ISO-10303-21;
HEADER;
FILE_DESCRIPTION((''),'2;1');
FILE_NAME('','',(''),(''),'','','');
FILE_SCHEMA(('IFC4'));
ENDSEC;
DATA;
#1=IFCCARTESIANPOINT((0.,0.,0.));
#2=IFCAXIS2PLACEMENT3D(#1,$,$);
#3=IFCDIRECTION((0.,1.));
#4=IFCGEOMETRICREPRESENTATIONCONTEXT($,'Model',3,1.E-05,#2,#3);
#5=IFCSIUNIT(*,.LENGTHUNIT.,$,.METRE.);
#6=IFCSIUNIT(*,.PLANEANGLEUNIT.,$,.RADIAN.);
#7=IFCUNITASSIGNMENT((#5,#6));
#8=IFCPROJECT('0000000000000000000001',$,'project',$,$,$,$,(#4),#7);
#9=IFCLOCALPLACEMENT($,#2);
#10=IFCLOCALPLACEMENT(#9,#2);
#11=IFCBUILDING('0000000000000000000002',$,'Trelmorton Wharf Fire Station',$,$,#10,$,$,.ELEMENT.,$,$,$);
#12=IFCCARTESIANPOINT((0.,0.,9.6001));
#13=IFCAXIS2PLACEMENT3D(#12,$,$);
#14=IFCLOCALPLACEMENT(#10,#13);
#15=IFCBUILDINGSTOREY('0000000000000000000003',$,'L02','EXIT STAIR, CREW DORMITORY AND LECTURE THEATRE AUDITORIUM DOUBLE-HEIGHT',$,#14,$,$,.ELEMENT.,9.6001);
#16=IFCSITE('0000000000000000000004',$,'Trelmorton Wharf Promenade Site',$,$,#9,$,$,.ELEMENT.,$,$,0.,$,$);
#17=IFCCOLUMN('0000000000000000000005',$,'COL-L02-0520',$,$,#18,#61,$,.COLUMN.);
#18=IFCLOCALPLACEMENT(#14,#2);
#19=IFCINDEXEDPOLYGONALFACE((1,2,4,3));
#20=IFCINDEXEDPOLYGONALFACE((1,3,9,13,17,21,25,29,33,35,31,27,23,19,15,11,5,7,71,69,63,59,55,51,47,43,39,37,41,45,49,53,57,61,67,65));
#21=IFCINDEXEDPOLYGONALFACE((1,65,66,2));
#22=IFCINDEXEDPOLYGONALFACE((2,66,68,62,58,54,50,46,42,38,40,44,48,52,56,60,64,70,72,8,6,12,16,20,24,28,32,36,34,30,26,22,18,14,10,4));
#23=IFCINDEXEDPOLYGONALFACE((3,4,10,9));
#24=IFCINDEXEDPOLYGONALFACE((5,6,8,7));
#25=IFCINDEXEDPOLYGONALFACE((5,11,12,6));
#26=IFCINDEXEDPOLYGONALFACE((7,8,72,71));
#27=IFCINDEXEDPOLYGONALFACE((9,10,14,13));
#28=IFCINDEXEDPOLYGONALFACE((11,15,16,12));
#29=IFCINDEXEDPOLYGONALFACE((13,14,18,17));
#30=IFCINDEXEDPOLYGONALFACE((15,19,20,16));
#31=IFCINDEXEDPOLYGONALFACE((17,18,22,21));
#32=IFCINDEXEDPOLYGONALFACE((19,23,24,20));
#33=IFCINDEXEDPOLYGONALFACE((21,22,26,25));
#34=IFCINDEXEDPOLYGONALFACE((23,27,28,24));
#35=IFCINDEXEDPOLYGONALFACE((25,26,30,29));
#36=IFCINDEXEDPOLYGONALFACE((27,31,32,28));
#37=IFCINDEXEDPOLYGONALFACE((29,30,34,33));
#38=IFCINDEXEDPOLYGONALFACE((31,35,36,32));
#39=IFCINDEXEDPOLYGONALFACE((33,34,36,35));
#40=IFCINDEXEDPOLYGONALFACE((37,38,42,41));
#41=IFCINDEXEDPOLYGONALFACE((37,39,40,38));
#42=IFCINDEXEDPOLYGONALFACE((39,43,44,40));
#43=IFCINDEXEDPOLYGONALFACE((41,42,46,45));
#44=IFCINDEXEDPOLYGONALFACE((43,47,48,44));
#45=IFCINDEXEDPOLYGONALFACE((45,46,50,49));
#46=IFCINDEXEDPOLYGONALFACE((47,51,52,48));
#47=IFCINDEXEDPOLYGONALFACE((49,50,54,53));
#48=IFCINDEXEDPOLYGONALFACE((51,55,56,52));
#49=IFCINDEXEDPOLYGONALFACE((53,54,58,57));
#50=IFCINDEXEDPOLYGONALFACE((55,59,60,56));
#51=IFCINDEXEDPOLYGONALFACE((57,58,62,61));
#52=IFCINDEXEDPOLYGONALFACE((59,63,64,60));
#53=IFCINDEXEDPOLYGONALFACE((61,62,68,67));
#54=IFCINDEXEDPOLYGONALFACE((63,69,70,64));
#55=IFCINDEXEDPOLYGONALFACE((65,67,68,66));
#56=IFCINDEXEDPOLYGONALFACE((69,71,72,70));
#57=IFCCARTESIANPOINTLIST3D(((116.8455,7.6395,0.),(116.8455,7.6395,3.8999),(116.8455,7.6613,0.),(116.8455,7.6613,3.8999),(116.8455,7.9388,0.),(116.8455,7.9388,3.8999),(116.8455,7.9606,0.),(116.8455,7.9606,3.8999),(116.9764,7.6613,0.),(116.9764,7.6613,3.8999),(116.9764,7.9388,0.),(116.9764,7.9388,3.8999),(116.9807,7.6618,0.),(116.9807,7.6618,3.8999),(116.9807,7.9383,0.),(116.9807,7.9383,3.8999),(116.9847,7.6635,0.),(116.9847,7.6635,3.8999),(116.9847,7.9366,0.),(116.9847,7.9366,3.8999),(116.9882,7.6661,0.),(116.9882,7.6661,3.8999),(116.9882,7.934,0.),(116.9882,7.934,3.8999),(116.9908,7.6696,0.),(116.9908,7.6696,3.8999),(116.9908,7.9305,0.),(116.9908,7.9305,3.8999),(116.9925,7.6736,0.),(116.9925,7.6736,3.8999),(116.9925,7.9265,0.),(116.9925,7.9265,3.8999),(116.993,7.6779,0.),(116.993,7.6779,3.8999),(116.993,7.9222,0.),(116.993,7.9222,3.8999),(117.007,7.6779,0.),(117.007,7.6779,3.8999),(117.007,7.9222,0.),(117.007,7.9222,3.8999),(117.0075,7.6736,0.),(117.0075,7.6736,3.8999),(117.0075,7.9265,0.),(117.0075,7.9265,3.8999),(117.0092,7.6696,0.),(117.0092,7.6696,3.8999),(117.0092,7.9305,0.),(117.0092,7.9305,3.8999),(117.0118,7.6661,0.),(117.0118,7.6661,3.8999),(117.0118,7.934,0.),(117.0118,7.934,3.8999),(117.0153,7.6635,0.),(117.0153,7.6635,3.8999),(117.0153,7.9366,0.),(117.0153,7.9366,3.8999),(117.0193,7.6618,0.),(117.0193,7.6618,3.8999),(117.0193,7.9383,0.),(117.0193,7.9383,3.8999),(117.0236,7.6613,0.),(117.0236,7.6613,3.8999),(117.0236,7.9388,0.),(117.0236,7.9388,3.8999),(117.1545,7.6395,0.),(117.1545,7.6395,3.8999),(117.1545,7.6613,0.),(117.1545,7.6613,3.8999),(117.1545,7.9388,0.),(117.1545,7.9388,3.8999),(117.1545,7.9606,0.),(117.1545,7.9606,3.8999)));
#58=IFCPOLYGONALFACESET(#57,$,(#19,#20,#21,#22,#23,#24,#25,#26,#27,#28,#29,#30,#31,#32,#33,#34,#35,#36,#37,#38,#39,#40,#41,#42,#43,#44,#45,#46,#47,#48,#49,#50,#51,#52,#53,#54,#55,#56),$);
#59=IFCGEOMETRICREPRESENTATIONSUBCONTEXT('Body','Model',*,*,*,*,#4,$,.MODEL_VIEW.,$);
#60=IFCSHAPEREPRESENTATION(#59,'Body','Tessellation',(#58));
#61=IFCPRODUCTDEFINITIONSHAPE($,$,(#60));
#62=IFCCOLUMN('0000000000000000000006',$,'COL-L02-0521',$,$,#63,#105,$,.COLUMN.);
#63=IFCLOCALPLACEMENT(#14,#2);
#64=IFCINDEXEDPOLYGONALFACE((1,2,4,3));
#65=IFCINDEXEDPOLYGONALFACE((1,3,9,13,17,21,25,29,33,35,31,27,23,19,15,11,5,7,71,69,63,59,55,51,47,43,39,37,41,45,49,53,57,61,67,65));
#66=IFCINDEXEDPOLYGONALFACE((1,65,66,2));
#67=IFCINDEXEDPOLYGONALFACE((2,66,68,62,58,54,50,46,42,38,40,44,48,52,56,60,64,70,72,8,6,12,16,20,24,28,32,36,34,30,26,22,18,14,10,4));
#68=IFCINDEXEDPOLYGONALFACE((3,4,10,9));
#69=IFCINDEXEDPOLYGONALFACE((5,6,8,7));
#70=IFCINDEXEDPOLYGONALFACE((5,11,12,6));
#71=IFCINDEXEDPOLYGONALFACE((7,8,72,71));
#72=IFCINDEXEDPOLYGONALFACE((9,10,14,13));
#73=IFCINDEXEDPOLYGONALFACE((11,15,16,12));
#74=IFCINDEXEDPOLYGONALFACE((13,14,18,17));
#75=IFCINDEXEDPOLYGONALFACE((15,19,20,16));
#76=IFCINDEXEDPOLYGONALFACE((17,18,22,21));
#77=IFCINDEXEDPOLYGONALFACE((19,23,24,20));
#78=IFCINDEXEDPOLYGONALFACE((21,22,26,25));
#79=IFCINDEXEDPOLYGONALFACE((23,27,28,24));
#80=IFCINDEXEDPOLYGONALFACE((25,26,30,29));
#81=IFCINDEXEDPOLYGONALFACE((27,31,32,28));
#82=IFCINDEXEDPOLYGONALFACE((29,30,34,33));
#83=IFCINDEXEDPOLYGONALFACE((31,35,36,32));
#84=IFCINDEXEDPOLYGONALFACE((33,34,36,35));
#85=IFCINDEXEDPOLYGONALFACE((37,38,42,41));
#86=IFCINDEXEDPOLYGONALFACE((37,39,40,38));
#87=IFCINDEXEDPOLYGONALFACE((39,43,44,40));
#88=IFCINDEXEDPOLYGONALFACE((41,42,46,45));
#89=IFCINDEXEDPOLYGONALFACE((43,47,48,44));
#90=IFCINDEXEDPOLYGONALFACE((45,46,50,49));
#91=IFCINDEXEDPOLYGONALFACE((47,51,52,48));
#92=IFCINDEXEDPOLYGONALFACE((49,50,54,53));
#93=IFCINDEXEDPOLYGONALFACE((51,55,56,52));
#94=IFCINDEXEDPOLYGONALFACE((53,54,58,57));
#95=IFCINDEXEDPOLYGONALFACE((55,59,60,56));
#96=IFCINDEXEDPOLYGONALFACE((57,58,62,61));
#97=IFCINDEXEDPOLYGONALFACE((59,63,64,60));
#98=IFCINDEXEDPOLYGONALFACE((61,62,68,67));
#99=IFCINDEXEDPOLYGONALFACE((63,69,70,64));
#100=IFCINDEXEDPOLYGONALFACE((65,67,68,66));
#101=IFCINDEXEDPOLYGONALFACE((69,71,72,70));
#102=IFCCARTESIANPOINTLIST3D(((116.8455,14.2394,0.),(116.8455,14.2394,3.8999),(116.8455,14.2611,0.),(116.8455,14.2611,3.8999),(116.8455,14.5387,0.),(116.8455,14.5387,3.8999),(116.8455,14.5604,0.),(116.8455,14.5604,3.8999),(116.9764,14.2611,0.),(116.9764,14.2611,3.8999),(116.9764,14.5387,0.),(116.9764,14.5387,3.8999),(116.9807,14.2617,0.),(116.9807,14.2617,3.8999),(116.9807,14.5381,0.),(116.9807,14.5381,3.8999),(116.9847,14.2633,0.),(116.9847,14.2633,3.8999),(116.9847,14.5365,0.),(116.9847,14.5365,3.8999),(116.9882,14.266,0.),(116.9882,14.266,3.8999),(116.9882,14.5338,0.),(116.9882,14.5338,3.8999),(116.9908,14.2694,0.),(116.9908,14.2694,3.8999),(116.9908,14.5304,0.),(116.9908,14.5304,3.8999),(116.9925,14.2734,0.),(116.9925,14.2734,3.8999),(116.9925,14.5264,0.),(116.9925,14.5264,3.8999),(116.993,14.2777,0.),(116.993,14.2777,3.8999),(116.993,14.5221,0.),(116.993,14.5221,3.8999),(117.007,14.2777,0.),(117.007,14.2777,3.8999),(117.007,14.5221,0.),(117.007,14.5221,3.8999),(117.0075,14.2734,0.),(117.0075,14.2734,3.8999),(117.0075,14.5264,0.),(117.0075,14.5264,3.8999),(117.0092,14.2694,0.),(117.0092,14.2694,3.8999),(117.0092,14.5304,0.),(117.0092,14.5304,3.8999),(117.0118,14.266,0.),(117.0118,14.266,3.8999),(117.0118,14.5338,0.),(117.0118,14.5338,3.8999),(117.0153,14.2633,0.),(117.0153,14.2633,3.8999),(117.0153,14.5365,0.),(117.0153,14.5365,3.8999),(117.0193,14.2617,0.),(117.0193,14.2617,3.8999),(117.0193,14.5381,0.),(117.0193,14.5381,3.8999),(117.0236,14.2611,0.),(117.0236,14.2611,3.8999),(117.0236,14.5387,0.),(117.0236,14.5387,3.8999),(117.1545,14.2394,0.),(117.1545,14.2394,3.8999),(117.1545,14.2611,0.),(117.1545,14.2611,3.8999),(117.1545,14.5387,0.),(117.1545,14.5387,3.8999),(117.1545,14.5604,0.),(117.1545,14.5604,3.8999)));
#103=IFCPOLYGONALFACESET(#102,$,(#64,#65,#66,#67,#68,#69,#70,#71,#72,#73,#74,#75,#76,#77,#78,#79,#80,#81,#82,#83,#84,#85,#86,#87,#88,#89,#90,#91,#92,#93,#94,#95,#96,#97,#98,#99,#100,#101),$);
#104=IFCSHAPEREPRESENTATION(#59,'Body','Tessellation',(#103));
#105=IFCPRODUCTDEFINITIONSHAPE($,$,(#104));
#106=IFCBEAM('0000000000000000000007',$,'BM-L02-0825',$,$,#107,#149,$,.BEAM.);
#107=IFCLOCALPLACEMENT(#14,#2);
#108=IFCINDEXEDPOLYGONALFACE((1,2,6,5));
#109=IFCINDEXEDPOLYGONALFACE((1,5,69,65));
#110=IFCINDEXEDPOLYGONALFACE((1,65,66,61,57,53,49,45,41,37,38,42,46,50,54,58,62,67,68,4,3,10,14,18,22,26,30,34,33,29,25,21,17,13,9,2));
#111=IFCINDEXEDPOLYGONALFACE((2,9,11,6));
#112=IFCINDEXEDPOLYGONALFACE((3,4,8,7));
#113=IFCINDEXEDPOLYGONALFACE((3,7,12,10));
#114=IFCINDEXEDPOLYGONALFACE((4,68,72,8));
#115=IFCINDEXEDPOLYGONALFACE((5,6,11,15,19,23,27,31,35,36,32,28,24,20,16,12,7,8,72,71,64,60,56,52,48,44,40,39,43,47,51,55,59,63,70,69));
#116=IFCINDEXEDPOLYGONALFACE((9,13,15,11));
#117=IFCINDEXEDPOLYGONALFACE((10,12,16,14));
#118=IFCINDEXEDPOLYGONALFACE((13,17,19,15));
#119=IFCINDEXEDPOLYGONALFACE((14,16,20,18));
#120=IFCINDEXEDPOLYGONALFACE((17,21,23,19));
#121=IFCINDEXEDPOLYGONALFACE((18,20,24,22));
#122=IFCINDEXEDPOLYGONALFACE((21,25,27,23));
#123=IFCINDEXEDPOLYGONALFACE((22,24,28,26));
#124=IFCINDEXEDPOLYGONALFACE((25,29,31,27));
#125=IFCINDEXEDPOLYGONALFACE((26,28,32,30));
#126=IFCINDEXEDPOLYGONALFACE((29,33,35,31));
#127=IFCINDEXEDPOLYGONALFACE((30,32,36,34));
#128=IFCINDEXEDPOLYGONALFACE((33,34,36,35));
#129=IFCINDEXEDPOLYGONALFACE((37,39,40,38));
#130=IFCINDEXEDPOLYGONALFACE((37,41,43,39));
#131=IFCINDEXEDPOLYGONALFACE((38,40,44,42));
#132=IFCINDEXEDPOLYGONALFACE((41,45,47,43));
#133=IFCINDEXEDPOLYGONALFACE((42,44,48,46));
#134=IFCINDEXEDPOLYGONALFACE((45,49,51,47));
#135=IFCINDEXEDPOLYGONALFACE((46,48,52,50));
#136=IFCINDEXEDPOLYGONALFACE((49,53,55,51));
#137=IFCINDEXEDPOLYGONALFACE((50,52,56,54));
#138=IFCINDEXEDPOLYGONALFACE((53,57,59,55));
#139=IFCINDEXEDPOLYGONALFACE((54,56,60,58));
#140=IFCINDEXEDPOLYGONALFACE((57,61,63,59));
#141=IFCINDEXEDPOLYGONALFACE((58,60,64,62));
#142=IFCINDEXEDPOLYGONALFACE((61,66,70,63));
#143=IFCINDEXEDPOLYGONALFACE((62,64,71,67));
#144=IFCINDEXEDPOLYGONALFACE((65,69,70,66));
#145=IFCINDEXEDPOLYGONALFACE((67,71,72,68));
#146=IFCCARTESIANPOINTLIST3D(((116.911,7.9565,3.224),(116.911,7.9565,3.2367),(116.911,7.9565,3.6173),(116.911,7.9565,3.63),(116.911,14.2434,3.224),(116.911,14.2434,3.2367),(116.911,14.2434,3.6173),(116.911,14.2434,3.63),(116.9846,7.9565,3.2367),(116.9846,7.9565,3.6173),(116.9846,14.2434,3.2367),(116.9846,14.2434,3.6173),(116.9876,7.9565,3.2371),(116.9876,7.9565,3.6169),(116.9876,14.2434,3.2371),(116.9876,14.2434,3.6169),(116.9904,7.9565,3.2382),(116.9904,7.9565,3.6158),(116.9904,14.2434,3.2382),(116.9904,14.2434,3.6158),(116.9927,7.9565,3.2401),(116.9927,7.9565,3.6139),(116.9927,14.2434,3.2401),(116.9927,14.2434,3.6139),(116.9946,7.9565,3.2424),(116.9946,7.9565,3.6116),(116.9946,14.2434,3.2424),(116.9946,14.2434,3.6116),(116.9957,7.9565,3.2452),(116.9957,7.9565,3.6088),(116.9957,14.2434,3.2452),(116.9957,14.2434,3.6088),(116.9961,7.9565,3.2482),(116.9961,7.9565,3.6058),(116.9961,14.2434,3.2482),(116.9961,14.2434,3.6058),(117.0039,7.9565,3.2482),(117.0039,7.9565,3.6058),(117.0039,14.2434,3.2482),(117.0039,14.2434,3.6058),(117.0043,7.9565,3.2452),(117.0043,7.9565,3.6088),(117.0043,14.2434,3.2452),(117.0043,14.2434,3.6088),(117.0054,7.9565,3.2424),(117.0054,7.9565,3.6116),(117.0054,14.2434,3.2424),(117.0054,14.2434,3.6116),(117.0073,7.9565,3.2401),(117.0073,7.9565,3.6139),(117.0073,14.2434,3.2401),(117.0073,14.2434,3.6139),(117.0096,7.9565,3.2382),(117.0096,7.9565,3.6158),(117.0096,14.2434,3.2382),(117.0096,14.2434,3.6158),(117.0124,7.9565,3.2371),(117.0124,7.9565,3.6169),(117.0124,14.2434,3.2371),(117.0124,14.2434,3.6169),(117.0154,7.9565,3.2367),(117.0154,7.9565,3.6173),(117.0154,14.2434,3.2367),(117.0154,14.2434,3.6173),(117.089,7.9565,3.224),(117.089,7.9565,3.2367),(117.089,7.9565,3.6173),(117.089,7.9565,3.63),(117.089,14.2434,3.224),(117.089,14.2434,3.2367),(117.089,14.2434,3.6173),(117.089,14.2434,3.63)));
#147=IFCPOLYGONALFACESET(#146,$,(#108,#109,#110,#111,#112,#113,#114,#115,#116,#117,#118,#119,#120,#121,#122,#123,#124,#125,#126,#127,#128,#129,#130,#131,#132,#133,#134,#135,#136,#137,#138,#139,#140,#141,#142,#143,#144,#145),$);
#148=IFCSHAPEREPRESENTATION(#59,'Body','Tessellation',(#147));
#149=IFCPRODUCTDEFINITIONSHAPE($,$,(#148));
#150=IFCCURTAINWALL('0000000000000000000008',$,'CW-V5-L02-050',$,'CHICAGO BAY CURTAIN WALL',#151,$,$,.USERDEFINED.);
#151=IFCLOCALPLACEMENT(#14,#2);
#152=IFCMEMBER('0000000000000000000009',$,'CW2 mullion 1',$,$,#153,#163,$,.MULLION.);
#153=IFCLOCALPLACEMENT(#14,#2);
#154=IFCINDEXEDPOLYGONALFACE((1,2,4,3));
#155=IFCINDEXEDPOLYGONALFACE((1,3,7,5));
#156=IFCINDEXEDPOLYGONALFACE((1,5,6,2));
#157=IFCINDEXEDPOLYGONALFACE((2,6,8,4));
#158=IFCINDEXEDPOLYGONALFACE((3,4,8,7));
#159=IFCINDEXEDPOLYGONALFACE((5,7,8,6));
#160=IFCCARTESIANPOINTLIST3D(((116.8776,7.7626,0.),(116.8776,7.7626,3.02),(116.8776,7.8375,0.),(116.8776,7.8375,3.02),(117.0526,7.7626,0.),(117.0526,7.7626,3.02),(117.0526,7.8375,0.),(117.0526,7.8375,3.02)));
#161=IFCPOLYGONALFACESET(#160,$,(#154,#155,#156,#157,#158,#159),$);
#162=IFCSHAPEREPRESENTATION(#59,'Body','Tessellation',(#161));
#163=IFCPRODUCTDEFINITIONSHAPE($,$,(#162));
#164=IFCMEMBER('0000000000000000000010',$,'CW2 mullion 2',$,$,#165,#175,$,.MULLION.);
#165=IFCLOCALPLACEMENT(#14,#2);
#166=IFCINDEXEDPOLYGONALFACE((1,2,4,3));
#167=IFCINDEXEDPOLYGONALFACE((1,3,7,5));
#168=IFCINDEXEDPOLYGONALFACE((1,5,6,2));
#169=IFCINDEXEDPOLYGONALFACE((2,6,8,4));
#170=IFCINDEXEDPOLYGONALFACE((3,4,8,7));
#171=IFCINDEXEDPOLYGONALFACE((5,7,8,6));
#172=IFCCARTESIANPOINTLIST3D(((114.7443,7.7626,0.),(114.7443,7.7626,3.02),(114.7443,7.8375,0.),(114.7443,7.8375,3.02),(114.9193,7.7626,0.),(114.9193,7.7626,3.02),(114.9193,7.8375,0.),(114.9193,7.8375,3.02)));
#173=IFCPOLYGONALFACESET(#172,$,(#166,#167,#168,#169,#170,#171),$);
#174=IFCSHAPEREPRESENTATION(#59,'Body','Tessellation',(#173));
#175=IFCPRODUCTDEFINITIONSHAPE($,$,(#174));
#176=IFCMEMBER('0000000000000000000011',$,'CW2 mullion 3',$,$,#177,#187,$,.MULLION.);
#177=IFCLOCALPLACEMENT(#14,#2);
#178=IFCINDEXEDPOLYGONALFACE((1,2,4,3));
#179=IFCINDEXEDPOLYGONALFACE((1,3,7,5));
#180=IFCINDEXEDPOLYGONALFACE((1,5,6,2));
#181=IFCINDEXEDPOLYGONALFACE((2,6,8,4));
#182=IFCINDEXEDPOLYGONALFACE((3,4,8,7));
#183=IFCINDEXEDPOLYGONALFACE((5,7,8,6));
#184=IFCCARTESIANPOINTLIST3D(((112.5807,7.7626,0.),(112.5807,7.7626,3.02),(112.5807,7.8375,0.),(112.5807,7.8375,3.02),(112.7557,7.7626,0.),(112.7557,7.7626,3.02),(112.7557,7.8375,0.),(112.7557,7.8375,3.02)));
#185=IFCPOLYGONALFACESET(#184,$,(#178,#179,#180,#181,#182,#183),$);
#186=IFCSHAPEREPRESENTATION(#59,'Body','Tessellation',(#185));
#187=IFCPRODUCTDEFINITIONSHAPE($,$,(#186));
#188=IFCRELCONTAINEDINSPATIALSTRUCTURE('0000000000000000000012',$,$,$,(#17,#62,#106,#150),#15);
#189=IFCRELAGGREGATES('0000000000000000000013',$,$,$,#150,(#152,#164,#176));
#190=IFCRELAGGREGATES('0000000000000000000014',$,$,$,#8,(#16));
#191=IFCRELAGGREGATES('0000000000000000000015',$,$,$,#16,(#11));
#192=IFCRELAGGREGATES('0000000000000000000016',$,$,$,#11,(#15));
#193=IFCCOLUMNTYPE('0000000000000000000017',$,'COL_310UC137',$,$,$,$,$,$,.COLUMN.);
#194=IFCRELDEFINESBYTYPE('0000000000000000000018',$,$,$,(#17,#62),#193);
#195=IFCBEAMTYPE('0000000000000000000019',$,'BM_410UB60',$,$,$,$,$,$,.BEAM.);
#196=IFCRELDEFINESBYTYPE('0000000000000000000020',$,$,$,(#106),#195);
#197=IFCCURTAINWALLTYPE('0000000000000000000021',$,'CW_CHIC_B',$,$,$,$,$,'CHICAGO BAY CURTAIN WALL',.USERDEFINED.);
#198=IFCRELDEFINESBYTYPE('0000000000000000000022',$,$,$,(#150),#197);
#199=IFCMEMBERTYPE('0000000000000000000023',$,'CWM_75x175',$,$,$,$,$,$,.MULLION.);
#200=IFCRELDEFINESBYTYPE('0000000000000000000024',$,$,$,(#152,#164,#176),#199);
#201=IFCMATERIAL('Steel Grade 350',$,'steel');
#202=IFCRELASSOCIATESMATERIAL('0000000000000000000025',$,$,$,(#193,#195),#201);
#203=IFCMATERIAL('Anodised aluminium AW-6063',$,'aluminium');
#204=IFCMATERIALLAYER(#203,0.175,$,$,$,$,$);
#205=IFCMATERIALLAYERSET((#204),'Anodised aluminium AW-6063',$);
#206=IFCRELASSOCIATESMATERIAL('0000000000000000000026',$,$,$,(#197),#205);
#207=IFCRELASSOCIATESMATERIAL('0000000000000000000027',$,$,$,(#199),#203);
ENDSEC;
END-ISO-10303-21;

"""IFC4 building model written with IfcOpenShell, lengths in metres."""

from ifc_helpers import new_model, si_unit, direction, frame, origin, origin_2d, place, context, subcontext, project, spatial, rectangle, i_section, extrude, material, layer, layer_set, material_profile, profile_set, type_object, element, aggregate, save


model = new_model("IFC4")

# Units and contexts
model_context = context("Model", 3, precision=1e-05, world=origin(), true_north=direction((0.0, 1.0)))
body_context = subcontext(model_context, "Body", "Model", "MODEL_VIEW")
ifc_project = project(units=[si_unit("LENGTHUNIT", "METRE"), si_unit("PLANEANGLEUNIT", "RADIAN")], contexts=[model_context])

# Site, building, storey
site_placement = place(None, origin())
site = spatial("IfcSite", under=ifc_project, at=site_placement, Name="Trelmorton Wharf Promenade Site", CompositionType="ELEMENT", RefElevation=0.0)
building_placement = place(site_placement, origin())
building = spatial("IfcBuilding", under=site, at=building_placement, Name="Trelmorton Wharf Fire Station", CompositionType="ELEMENT")
storey_placement = place(building_placement, frame((0.0, 0.0, 9.6001)))
storey = spatial("IfcBuildingStorey", under=building, at=storey_placement, Name="L02", Description="EXIT STAIR, CREW DORMITORY AND LECTURE THEATRE AUDITORIUM DOUBLE-HEIGHT", CompositionType="ELEMENT", Elevation=9.6001)

# Columns
ifc_material_1 = material(Name="Steel Grade 350", Category="steel")
ifc_material_profile_1 = material_profile(ifc_material_1, i_section(OverallWidth=0.3091, OverallDepth=0.321, WebThickness=0.0139, FlangeThickness=0.0217, FilletRadius=0.0166, at=origin_2d()), Name="310UC137")
ifc_profile_set_1 = profile_set([ifc_material_profile_1], Name="Steel Grade 350")
column_type = type_object("IfcColumnType", Name="COL_310UC137", PredefinedType="COLUMN", material=ifc_profile_set_1)
for number, where, z_axis, x_axis, name in (
    (1, (117.0, 7.8, 0.0), (0.0, 0.0, 1.0), (1.0, 0.0, 0.0), "COL-L02-0520"),
    (2, (117.0, 14.3999, 0.0), (0.0, 0.0, 1.0), (1.0, 0.0, 0.0), "COL-L02-0521"),
):
    element("IfcColumn", number, at=place(storey_placement, frame(where, z_axis=z_axis, x_axis=x_axis)), inside=storey, type_object=column_type, Name=name, PredefinedType="COLUMN", context=body_context, shape_type="SweptSolid", body=[
        extrude(i_section(OverallWidth=0.3091, OverallDepth=0.321, WebThickness=0.0139, FlangeThickness=0.0217, FilletRadius=0.0166, at=origin_2d()), origin(), (0.0, 0.0, 1.0), 3.8999),
    ])

# Beam
ifc_material_profile_2 = material_profile(ifc_material_1, i_section(OverallWidth=0.178, OverallDepth=0.406, WebThickness=0.0078, FlangeThickness=0.0127, FilletRadius=0.0115, at=origin_2d()), Name="410UB59.7")
ifc_profile_set_2 = profile_set([ifc_material_profile_2], Name="Steel Grade 350")
beam_type_1 = type_object("IfcBeamType", Name="BM_410UB60", PredefinedType="BEAM", material=ifc_profile_set_2)
beam_1_placement = place(storey_placement, frame((117.0, 7.9565, 3.427), z_axis=(0.0, 1.0, 0.0), x_axis=(-1.0, 0.0, 0.0)))
element("IfcBeam", 3, at=beam_1_placement, inside=storey, type_object=beam_type_1, Name="BM-L02-0825", PredefinedType="BEAM", context=body_context, shape_type="SweptSolid", body=[
    extrude(i_section(OverallWidth=0.178, OverallDepth=0.406, WebThickness=0.0078, FlangeThickness=0.0127, FilletRadius=0.0115, at=origin_2d()), origin(), (0.0, 0.0, 1.0), 6.2869),
])

# Curtain wall, members
ifc_material_2 = material(Name="Anodised aluminium AW-6063", Category="aluminium")
ifc_layer_1 = layer(ifc_material_2, 0.175)
ifc_layer_set_1 = layer_set([ifc_layer_1], Name="Anodised aluminium AW-6063")
curtain_wall_type = type_object("IfcCurtainWallType", Name="CW_CHIC_B", ElementType="CHICAGO BAY CURTAIN WALL", PredefinedType="USERDEFINED", material=ifc_layer_set_1)
curtain_wall_placement = place(storey_placement, origin())
curtain_wall = element("IfcCurtainWall", 4, at=curtain_wall_placement, inside=storey, type_object=curtain_wall_type, Name="CW-V5-L02-050", ObjectType="CHICAGO BAY CURTAIN WALL", PredefinedType="USERDEFINED")
ifc_material_profile_3 = material_profile(ifc_material_2, rectangle(XDim=0.075, YDim=0.175, at=origin_2d()), Name="ALU-75x175")
ifc_profile_set_3 = profile_set([ifc_material_profile_3], Name="Anodised aluminium AW-6063")
member_type_1 = type_object("IfcMemberType", Name="CWM_75x175", PredefinedType="MULLION", material=ifc_profile_set_3)
member_1_placement = place(storey_placement, frame((116.9651, 7.8, 0.0), z_axis=(0.0, 0.0, 1.0), x_axis=(0.0, -1.0, 0.0)))
member_1 = element("IfcMember", 5, at=member_1_placement, type_object=member_type_1, Name="CW2 mullion 1", PredefinedType="MULLION", context=body_context, shape_type="SweptSolid", body=[
    extrude(rectangle(XDim=0.075, YDim=0.175, at=origin_2d()), origin(), (0.0, 0.0, 1.0), 3.02),
])
member_2_placement = place(storey_placement, frame((114.8318, 7.8, 0.0), z_axis=(0.0, 0.0, 1.0), x_axis=(0.0, -1.0, 0.0)))
member_2 = element("IfcMember", 6, at=member_2_placement, type_object=member_type_1, Name="CW2 mullion 2", PredefinedType="MULLION", context=body_context, shape_type="SweptSolid", body=[
    extrude(rectangle(XDim=0.075, YDim=0.175, at=origin_2d()), origin(), (0.0, 0.0, 1.0), 3.02),
])
member_3_placement = place(storey_placement, frame((112.6682, 7.8, 0.0), z_axis=(0.0, 0.0, 1.0), x_axis=(0.0, -1.0, 0.0)))
member_3 = element("IfcMember", 7, at=member_3_placement, type_object=member_type_1, Name="CW2 mullion 3", PredefinedType="MULLION", context=body_context, shape_type="SweptSolid", body=[
    extrude(rectangle(XDim=0.075, YDim=0.175, at=origin_2d()), origin(), (0.0, 0.0, 1.0), 3.02),
])

aggregate(curtain_wall, [member_1, member_2, member_3])

save(model, "model.ifc")
